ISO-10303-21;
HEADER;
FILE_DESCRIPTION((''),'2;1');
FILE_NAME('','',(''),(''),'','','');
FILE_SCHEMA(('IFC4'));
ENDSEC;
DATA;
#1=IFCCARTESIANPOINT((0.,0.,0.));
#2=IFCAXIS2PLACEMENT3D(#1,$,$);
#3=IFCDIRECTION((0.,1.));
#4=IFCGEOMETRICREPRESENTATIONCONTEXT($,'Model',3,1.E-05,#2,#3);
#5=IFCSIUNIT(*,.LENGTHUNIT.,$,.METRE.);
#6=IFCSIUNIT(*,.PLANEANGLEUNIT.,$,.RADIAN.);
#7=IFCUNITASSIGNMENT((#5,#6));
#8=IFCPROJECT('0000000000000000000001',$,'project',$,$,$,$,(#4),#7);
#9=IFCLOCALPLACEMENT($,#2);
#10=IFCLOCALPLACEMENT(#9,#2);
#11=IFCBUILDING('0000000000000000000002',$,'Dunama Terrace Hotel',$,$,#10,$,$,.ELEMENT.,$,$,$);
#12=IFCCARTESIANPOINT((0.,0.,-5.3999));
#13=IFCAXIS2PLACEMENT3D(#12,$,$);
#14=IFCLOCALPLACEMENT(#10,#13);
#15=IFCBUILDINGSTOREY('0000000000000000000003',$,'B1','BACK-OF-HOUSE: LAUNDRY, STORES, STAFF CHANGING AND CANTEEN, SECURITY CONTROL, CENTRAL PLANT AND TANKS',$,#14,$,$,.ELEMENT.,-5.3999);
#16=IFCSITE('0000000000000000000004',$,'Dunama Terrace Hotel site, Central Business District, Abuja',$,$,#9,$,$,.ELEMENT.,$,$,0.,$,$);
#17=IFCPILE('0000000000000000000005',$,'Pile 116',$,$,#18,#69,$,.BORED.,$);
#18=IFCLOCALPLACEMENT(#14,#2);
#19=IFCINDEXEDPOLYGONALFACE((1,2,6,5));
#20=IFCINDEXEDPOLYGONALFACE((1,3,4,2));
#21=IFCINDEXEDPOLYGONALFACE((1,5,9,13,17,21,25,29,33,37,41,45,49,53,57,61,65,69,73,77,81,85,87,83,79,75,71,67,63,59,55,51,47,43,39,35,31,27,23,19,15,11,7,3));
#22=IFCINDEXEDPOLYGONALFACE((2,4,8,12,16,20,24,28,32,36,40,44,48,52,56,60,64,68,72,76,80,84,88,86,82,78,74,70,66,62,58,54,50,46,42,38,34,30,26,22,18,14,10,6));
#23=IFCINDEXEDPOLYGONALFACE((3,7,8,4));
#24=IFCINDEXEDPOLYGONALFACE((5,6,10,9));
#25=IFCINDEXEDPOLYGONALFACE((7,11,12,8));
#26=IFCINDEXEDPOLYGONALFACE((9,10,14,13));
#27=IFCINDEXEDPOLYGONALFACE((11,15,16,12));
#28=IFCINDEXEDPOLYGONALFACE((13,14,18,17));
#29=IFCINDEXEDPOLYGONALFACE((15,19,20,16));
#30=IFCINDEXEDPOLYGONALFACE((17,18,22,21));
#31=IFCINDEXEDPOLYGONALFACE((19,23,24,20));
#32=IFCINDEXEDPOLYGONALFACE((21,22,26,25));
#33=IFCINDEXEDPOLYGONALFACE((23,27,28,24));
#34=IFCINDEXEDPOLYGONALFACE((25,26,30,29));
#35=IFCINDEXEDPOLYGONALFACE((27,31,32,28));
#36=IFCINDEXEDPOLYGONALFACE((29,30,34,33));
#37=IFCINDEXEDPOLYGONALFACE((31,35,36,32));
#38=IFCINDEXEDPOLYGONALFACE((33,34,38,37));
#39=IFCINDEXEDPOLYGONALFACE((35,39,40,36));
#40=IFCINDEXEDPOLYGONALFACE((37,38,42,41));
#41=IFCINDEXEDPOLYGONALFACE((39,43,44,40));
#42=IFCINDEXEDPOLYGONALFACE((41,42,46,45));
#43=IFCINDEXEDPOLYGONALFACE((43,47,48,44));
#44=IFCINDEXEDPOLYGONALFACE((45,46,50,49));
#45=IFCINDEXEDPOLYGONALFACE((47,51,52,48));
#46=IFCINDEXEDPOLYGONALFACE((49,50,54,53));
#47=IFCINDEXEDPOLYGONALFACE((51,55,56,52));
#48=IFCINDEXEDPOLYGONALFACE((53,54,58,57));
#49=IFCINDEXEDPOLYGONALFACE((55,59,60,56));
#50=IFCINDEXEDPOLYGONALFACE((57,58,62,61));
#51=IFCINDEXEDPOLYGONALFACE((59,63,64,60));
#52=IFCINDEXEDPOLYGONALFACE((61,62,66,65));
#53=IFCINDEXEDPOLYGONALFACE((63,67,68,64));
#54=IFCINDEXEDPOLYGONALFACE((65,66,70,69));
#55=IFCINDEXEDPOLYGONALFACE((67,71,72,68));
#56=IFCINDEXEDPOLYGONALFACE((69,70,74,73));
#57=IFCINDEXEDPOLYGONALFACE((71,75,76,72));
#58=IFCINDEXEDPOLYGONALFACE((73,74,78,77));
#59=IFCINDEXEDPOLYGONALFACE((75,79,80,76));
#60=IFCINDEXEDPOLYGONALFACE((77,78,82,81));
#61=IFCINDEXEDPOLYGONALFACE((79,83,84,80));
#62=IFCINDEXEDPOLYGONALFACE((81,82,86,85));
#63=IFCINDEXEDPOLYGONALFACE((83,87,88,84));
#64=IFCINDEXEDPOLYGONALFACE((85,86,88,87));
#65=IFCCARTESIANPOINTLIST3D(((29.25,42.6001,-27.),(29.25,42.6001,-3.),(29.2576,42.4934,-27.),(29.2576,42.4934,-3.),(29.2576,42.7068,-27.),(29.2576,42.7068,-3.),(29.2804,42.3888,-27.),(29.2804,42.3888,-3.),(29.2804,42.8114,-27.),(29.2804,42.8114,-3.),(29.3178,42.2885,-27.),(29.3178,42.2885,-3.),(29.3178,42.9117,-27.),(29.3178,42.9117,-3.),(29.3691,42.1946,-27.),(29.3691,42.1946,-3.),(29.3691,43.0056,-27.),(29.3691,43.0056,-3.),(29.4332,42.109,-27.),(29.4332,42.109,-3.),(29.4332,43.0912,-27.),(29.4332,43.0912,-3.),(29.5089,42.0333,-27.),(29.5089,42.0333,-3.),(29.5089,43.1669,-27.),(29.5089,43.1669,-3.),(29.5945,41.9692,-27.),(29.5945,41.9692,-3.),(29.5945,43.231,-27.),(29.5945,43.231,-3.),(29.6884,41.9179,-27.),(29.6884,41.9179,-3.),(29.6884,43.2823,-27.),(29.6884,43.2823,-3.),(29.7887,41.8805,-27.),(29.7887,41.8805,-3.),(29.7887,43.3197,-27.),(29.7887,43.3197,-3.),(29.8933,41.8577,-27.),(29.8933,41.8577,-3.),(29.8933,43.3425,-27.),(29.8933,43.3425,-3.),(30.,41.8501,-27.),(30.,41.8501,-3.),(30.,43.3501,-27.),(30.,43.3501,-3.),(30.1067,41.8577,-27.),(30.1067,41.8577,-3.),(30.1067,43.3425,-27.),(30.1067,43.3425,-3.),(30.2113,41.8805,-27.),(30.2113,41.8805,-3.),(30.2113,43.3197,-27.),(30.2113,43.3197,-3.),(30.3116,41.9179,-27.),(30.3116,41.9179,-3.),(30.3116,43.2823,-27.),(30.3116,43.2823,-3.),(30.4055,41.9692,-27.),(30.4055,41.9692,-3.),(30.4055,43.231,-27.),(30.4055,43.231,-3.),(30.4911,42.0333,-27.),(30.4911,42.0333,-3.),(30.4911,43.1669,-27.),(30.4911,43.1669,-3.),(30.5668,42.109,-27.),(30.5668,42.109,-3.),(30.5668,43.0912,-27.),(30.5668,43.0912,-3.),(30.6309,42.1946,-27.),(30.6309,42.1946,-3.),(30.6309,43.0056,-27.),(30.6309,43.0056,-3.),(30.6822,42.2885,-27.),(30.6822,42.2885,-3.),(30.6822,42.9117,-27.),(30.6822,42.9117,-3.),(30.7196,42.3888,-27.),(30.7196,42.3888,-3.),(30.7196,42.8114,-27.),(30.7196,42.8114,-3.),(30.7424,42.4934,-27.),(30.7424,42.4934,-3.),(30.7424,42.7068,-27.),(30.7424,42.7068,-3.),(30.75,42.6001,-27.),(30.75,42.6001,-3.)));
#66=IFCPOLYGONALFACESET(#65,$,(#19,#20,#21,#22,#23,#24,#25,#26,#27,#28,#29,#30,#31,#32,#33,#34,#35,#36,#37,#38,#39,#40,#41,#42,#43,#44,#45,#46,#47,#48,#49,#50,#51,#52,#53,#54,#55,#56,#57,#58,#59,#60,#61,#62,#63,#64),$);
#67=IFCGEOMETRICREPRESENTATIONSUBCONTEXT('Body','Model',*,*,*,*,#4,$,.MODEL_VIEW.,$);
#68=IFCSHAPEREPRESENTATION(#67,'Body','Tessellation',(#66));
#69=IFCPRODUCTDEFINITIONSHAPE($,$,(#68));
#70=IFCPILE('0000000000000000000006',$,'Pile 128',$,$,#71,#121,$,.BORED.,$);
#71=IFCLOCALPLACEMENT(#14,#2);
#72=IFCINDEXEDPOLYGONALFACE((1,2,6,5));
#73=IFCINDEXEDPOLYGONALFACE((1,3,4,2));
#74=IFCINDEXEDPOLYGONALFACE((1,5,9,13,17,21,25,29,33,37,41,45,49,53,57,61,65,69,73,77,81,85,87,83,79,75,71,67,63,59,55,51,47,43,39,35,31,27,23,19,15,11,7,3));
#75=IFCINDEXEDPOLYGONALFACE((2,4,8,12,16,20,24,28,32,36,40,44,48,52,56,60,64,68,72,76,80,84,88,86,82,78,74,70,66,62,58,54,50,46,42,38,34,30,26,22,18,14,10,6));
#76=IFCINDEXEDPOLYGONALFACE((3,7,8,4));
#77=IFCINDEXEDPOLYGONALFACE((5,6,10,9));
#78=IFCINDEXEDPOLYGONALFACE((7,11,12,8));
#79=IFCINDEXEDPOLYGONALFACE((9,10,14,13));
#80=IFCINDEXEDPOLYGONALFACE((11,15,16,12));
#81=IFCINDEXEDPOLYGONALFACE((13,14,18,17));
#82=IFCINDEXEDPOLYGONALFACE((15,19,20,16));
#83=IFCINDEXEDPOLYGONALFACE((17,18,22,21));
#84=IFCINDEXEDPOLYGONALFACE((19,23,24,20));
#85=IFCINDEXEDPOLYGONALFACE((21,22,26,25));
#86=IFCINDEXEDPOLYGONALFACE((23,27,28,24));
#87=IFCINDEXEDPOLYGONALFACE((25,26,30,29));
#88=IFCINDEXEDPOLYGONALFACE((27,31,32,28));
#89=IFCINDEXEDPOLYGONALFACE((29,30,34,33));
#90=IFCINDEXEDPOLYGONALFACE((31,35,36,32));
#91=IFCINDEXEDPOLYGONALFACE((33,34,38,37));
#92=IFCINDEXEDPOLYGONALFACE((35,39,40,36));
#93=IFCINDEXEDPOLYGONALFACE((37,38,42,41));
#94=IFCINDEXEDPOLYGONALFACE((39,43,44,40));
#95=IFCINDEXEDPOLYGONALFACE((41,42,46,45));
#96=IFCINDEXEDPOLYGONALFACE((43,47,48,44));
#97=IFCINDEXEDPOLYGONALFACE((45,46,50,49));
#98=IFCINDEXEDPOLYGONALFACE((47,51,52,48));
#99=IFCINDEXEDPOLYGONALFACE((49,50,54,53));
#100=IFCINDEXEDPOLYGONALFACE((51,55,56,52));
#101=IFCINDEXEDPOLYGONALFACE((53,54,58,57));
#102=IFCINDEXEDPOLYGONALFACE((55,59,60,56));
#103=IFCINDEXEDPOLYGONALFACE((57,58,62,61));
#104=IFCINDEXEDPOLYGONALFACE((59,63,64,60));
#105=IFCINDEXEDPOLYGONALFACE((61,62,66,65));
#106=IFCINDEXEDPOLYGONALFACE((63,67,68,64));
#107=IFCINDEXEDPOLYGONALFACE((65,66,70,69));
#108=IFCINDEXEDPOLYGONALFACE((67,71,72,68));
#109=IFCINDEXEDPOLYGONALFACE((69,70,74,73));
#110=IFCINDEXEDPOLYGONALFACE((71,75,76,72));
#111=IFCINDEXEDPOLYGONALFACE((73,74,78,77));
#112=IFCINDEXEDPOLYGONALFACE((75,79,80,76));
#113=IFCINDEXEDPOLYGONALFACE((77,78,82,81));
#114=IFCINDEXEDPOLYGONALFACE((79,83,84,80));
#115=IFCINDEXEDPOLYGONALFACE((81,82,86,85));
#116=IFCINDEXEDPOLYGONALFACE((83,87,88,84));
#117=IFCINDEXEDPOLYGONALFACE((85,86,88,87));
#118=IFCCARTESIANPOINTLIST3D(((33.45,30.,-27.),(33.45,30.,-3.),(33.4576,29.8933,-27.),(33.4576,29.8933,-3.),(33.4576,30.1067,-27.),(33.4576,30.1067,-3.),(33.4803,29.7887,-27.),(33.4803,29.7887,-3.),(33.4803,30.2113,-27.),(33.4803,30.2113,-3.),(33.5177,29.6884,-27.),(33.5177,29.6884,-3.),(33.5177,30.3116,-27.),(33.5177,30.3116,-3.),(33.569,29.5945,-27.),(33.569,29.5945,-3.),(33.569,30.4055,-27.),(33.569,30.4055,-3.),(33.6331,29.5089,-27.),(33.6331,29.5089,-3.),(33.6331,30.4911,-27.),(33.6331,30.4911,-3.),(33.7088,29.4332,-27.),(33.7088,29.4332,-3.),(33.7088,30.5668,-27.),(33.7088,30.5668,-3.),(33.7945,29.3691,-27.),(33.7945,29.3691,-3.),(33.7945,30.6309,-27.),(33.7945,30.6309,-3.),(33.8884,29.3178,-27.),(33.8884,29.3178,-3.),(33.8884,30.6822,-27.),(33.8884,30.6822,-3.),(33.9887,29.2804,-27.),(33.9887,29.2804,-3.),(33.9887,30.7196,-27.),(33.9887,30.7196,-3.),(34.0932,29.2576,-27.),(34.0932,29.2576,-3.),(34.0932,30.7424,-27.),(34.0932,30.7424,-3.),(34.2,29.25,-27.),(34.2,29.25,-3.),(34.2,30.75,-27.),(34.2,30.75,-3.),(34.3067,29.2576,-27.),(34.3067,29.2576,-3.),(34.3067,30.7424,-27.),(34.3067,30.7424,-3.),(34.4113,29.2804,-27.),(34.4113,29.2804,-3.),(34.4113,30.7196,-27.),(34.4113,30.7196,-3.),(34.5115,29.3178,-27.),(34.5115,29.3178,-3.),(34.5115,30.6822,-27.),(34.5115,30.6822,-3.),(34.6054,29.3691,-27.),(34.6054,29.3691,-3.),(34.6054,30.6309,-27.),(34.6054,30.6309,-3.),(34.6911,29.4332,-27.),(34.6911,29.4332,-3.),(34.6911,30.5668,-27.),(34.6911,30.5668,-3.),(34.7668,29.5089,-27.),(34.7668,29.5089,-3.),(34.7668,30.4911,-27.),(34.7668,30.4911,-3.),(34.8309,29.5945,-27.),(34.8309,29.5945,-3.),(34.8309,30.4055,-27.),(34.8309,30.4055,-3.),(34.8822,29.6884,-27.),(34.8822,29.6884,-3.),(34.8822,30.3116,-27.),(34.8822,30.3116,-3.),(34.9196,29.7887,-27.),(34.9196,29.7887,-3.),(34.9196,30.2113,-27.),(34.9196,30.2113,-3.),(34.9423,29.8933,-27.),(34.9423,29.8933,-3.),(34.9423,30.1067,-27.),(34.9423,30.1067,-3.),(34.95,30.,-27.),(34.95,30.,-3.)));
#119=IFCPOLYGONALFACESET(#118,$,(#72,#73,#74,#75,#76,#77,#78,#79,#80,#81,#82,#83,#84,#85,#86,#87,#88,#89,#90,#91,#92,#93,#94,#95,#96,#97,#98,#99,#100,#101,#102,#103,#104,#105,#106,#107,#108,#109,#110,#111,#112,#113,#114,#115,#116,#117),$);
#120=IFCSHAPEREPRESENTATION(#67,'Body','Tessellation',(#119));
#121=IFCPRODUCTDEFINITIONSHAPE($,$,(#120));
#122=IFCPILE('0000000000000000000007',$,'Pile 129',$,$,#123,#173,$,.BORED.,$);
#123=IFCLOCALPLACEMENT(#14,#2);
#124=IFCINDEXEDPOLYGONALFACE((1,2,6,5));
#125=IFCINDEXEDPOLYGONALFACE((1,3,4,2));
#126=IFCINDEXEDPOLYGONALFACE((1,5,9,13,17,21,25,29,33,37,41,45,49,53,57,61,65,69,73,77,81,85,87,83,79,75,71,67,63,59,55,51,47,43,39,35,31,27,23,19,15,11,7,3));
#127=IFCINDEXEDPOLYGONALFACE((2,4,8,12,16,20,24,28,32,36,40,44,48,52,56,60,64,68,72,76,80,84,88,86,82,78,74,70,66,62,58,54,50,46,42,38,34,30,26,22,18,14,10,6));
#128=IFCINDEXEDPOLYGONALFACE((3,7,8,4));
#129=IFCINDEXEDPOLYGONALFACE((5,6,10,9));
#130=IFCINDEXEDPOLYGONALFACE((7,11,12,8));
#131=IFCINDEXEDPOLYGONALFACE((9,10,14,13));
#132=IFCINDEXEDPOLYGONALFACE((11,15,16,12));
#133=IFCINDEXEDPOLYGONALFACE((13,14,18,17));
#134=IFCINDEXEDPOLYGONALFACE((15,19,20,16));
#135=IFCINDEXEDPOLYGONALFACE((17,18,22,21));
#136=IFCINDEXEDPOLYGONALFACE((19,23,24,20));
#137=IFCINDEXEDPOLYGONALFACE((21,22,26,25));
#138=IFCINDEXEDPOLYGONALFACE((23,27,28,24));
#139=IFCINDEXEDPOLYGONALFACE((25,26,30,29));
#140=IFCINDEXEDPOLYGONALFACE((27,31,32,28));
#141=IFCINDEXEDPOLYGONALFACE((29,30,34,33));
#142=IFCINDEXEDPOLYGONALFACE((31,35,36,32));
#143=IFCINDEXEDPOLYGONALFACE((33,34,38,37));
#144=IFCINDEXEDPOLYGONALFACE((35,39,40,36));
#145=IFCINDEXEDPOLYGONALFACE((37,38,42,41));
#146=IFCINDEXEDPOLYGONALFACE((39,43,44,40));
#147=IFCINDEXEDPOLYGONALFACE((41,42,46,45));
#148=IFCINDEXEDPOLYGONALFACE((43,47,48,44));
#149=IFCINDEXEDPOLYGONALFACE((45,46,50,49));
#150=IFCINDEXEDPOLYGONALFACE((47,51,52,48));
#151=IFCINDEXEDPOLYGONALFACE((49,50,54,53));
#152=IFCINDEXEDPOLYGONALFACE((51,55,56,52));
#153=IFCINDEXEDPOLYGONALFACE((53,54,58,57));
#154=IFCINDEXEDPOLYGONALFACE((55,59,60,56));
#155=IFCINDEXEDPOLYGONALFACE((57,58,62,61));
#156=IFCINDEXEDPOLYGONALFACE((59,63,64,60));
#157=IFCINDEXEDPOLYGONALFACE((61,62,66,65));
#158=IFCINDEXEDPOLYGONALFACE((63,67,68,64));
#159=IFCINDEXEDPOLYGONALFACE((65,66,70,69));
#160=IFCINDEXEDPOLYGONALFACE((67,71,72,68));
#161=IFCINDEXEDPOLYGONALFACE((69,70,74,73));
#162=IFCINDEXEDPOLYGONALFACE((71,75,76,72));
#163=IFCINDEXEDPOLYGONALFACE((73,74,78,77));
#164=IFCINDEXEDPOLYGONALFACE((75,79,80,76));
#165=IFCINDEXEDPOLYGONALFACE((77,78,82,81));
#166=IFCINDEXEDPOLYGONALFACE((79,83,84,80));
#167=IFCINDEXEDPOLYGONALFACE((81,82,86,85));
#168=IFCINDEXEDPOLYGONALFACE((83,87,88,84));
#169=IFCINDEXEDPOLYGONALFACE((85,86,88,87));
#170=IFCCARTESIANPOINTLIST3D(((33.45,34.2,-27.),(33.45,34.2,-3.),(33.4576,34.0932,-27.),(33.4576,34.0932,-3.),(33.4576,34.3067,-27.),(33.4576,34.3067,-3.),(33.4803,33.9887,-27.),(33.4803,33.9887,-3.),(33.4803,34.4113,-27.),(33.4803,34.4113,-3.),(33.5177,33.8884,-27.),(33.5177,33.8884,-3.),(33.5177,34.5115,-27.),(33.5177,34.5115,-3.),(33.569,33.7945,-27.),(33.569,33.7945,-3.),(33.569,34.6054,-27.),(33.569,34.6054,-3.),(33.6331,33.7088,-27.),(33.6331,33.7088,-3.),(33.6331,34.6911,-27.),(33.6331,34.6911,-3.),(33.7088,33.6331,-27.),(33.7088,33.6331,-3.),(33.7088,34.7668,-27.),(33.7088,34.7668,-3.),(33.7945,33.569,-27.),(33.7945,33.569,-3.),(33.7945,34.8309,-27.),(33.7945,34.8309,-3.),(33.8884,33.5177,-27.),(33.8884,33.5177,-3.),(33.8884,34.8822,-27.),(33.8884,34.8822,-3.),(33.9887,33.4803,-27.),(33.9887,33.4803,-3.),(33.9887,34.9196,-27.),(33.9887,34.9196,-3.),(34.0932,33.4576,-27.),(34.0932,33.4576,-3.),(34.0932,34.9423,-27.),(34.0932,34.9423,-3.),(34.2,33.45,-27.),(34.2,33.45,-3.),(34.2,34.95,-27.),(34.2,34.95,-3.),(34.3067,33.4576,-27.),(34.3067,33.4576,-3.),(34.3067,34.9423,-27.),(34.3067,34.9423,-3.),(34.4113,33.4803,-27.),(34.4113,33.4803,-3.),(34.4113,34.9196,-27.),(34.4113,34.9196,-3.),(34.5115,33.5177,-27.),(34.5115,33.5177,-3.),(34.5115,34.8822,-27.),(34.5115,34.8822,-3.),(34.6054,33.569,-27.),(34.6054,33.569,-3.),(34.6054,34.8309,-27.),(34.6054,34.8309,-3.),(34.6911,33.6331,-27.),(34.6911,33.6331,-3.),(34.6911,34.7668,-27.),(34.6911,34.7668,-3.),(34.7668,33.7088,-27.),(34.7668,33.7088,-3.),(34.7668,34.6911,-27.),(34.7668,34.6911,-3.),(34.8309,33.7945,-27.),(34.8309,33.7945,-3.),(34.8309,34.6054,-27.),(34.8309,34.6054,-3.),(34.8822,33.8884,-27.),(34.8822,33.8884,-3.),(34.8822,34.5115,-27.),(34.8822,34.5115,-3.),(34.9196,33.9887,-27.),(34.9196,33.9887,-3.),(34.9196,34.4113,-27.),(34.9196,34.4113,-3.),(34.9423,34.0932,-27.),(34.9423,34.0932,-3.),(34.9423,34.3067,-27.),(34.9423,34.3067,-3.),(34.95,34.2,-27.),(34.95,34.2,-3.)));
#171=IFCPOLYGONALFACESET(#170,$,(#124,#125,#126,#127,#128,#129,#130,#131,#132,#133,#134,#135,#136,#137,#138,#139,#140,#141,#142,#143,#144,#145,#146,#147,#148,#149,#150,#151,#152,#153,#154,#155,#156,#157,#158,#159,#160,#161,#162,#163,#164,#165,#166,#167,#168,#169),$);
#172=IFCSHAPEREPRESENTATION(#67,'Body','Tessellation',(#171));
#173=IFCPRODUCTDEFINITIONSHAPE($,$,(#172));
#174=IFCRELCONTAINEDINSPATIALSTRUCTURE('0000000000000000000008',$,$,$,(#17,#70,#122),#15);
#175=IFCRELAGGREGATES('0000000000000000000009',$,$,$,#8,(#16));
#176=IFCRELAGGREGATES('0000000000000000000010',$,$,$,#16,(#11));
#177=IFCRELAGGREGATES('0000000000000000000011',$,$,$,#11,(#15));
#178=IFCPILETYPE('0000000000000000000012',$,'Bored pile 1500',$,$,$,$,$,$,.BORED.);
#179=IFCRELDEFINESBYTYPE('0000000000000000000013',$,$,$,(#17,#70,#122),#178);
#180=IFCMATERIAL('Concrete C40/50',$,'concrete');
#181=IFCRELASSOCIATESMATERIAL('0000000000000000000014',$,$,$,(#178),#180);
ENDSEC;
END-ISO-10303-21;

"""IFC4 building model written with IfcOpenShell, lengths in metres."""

from ifc_helpers import new_model, si_unit, direction, frame, origin, origin_2d, place, context, subcontext, project, spatial, circle, extrude, material, material_profile, profile_set, type_object, element, save


model = new_model("IFC4")

# Units and contexts
model_context = context("Model", 3, precision=1e-05, world=origin(), true_north=direction((0.0, 1.0)))
body_context = subcontext(model_context, "Body", "Model", "MODEL_VIEW")
ifc_project = project(units=[si_unit("LENGTHUNIT", "METRE"), si_unit("PLANEANGLEUNIT", "RADIAN")], contexts=[model_context])

# Site, building, storey
site_placement = place(None, origin())
site = spatial("IfcSite", under=ifc_project, at=site_placement, Name="Dunama Terrace Hotel site, Central Business District, Abuja", CompositionType="ELEMENT", RefElevation=0.0)
building_placement = place(site_placement, origin())
building = spatial("IfcBuilding", under=site, at=building_placement, Name="Dunama Terrace Hotel", CompositionType="ELEMENT")
storey_placement = place(building_placement, frame((0.0, 0.0, -5.3999)))
storey = spatial("IfcBuildingStorey", under=building, at=storey_placement, Name="B1", Description="BACK-OF-HOUSE: LAUNDRY, STORES, STAFF CHANGING AND CANTEEN, SECURITY CONTROL, CENTRAL PLANT AND TANKS", CompositionType="ELEMENT", Elevation=-5.3999)

# Piles
ifc_material_1 = material(Name="Concrete C40/50", Category="concrete")
ifc_material_profile = material_profile(ifc_material_1, circle(Radius=0.75, at=origin_2d()), Name="PILE D1500")
ifc_profile_set = profile_set([ifc_material_profile], Name="Concrete C40/50")
pile_type = type_object("IfcPileType", Name="Bored pile 1500", PredefinedType="BORED", material=ifc_profile_set)
for number, where, z_axis, x_axis, name in (
    (1, (30.0, 42.6001, -3.0), (0.0, 0.0, -1.0), (1.0, 0.0, 0.0), "Pile 116"),
    (2, (34.2, 30.0, -3.0), (0.0, 0.0, -1.0), (1.0, 0.0, 0.0), "Pile 128"),
    (3, (34.2, 34.2, -3.0), (0.0, 0.0, -1.0), (1.0, 0.0, 0.0), "Pile 129"),
):
    element("IfcPile", number, at=place(storey_placement, frame(where, z_axis=z_axis, x_axis=x_axis)), inside=storey, type_object=pile_type, Name=name, PredefinedType="BORED", context=body_context, shape_type="SweptSolid", body=[
        extrude(circle(Radius=0.75, at=origin_2d()), origin(), (0.0, 0.0, 1.0), 24.0),
    ])

save(model, "model.ifc")
